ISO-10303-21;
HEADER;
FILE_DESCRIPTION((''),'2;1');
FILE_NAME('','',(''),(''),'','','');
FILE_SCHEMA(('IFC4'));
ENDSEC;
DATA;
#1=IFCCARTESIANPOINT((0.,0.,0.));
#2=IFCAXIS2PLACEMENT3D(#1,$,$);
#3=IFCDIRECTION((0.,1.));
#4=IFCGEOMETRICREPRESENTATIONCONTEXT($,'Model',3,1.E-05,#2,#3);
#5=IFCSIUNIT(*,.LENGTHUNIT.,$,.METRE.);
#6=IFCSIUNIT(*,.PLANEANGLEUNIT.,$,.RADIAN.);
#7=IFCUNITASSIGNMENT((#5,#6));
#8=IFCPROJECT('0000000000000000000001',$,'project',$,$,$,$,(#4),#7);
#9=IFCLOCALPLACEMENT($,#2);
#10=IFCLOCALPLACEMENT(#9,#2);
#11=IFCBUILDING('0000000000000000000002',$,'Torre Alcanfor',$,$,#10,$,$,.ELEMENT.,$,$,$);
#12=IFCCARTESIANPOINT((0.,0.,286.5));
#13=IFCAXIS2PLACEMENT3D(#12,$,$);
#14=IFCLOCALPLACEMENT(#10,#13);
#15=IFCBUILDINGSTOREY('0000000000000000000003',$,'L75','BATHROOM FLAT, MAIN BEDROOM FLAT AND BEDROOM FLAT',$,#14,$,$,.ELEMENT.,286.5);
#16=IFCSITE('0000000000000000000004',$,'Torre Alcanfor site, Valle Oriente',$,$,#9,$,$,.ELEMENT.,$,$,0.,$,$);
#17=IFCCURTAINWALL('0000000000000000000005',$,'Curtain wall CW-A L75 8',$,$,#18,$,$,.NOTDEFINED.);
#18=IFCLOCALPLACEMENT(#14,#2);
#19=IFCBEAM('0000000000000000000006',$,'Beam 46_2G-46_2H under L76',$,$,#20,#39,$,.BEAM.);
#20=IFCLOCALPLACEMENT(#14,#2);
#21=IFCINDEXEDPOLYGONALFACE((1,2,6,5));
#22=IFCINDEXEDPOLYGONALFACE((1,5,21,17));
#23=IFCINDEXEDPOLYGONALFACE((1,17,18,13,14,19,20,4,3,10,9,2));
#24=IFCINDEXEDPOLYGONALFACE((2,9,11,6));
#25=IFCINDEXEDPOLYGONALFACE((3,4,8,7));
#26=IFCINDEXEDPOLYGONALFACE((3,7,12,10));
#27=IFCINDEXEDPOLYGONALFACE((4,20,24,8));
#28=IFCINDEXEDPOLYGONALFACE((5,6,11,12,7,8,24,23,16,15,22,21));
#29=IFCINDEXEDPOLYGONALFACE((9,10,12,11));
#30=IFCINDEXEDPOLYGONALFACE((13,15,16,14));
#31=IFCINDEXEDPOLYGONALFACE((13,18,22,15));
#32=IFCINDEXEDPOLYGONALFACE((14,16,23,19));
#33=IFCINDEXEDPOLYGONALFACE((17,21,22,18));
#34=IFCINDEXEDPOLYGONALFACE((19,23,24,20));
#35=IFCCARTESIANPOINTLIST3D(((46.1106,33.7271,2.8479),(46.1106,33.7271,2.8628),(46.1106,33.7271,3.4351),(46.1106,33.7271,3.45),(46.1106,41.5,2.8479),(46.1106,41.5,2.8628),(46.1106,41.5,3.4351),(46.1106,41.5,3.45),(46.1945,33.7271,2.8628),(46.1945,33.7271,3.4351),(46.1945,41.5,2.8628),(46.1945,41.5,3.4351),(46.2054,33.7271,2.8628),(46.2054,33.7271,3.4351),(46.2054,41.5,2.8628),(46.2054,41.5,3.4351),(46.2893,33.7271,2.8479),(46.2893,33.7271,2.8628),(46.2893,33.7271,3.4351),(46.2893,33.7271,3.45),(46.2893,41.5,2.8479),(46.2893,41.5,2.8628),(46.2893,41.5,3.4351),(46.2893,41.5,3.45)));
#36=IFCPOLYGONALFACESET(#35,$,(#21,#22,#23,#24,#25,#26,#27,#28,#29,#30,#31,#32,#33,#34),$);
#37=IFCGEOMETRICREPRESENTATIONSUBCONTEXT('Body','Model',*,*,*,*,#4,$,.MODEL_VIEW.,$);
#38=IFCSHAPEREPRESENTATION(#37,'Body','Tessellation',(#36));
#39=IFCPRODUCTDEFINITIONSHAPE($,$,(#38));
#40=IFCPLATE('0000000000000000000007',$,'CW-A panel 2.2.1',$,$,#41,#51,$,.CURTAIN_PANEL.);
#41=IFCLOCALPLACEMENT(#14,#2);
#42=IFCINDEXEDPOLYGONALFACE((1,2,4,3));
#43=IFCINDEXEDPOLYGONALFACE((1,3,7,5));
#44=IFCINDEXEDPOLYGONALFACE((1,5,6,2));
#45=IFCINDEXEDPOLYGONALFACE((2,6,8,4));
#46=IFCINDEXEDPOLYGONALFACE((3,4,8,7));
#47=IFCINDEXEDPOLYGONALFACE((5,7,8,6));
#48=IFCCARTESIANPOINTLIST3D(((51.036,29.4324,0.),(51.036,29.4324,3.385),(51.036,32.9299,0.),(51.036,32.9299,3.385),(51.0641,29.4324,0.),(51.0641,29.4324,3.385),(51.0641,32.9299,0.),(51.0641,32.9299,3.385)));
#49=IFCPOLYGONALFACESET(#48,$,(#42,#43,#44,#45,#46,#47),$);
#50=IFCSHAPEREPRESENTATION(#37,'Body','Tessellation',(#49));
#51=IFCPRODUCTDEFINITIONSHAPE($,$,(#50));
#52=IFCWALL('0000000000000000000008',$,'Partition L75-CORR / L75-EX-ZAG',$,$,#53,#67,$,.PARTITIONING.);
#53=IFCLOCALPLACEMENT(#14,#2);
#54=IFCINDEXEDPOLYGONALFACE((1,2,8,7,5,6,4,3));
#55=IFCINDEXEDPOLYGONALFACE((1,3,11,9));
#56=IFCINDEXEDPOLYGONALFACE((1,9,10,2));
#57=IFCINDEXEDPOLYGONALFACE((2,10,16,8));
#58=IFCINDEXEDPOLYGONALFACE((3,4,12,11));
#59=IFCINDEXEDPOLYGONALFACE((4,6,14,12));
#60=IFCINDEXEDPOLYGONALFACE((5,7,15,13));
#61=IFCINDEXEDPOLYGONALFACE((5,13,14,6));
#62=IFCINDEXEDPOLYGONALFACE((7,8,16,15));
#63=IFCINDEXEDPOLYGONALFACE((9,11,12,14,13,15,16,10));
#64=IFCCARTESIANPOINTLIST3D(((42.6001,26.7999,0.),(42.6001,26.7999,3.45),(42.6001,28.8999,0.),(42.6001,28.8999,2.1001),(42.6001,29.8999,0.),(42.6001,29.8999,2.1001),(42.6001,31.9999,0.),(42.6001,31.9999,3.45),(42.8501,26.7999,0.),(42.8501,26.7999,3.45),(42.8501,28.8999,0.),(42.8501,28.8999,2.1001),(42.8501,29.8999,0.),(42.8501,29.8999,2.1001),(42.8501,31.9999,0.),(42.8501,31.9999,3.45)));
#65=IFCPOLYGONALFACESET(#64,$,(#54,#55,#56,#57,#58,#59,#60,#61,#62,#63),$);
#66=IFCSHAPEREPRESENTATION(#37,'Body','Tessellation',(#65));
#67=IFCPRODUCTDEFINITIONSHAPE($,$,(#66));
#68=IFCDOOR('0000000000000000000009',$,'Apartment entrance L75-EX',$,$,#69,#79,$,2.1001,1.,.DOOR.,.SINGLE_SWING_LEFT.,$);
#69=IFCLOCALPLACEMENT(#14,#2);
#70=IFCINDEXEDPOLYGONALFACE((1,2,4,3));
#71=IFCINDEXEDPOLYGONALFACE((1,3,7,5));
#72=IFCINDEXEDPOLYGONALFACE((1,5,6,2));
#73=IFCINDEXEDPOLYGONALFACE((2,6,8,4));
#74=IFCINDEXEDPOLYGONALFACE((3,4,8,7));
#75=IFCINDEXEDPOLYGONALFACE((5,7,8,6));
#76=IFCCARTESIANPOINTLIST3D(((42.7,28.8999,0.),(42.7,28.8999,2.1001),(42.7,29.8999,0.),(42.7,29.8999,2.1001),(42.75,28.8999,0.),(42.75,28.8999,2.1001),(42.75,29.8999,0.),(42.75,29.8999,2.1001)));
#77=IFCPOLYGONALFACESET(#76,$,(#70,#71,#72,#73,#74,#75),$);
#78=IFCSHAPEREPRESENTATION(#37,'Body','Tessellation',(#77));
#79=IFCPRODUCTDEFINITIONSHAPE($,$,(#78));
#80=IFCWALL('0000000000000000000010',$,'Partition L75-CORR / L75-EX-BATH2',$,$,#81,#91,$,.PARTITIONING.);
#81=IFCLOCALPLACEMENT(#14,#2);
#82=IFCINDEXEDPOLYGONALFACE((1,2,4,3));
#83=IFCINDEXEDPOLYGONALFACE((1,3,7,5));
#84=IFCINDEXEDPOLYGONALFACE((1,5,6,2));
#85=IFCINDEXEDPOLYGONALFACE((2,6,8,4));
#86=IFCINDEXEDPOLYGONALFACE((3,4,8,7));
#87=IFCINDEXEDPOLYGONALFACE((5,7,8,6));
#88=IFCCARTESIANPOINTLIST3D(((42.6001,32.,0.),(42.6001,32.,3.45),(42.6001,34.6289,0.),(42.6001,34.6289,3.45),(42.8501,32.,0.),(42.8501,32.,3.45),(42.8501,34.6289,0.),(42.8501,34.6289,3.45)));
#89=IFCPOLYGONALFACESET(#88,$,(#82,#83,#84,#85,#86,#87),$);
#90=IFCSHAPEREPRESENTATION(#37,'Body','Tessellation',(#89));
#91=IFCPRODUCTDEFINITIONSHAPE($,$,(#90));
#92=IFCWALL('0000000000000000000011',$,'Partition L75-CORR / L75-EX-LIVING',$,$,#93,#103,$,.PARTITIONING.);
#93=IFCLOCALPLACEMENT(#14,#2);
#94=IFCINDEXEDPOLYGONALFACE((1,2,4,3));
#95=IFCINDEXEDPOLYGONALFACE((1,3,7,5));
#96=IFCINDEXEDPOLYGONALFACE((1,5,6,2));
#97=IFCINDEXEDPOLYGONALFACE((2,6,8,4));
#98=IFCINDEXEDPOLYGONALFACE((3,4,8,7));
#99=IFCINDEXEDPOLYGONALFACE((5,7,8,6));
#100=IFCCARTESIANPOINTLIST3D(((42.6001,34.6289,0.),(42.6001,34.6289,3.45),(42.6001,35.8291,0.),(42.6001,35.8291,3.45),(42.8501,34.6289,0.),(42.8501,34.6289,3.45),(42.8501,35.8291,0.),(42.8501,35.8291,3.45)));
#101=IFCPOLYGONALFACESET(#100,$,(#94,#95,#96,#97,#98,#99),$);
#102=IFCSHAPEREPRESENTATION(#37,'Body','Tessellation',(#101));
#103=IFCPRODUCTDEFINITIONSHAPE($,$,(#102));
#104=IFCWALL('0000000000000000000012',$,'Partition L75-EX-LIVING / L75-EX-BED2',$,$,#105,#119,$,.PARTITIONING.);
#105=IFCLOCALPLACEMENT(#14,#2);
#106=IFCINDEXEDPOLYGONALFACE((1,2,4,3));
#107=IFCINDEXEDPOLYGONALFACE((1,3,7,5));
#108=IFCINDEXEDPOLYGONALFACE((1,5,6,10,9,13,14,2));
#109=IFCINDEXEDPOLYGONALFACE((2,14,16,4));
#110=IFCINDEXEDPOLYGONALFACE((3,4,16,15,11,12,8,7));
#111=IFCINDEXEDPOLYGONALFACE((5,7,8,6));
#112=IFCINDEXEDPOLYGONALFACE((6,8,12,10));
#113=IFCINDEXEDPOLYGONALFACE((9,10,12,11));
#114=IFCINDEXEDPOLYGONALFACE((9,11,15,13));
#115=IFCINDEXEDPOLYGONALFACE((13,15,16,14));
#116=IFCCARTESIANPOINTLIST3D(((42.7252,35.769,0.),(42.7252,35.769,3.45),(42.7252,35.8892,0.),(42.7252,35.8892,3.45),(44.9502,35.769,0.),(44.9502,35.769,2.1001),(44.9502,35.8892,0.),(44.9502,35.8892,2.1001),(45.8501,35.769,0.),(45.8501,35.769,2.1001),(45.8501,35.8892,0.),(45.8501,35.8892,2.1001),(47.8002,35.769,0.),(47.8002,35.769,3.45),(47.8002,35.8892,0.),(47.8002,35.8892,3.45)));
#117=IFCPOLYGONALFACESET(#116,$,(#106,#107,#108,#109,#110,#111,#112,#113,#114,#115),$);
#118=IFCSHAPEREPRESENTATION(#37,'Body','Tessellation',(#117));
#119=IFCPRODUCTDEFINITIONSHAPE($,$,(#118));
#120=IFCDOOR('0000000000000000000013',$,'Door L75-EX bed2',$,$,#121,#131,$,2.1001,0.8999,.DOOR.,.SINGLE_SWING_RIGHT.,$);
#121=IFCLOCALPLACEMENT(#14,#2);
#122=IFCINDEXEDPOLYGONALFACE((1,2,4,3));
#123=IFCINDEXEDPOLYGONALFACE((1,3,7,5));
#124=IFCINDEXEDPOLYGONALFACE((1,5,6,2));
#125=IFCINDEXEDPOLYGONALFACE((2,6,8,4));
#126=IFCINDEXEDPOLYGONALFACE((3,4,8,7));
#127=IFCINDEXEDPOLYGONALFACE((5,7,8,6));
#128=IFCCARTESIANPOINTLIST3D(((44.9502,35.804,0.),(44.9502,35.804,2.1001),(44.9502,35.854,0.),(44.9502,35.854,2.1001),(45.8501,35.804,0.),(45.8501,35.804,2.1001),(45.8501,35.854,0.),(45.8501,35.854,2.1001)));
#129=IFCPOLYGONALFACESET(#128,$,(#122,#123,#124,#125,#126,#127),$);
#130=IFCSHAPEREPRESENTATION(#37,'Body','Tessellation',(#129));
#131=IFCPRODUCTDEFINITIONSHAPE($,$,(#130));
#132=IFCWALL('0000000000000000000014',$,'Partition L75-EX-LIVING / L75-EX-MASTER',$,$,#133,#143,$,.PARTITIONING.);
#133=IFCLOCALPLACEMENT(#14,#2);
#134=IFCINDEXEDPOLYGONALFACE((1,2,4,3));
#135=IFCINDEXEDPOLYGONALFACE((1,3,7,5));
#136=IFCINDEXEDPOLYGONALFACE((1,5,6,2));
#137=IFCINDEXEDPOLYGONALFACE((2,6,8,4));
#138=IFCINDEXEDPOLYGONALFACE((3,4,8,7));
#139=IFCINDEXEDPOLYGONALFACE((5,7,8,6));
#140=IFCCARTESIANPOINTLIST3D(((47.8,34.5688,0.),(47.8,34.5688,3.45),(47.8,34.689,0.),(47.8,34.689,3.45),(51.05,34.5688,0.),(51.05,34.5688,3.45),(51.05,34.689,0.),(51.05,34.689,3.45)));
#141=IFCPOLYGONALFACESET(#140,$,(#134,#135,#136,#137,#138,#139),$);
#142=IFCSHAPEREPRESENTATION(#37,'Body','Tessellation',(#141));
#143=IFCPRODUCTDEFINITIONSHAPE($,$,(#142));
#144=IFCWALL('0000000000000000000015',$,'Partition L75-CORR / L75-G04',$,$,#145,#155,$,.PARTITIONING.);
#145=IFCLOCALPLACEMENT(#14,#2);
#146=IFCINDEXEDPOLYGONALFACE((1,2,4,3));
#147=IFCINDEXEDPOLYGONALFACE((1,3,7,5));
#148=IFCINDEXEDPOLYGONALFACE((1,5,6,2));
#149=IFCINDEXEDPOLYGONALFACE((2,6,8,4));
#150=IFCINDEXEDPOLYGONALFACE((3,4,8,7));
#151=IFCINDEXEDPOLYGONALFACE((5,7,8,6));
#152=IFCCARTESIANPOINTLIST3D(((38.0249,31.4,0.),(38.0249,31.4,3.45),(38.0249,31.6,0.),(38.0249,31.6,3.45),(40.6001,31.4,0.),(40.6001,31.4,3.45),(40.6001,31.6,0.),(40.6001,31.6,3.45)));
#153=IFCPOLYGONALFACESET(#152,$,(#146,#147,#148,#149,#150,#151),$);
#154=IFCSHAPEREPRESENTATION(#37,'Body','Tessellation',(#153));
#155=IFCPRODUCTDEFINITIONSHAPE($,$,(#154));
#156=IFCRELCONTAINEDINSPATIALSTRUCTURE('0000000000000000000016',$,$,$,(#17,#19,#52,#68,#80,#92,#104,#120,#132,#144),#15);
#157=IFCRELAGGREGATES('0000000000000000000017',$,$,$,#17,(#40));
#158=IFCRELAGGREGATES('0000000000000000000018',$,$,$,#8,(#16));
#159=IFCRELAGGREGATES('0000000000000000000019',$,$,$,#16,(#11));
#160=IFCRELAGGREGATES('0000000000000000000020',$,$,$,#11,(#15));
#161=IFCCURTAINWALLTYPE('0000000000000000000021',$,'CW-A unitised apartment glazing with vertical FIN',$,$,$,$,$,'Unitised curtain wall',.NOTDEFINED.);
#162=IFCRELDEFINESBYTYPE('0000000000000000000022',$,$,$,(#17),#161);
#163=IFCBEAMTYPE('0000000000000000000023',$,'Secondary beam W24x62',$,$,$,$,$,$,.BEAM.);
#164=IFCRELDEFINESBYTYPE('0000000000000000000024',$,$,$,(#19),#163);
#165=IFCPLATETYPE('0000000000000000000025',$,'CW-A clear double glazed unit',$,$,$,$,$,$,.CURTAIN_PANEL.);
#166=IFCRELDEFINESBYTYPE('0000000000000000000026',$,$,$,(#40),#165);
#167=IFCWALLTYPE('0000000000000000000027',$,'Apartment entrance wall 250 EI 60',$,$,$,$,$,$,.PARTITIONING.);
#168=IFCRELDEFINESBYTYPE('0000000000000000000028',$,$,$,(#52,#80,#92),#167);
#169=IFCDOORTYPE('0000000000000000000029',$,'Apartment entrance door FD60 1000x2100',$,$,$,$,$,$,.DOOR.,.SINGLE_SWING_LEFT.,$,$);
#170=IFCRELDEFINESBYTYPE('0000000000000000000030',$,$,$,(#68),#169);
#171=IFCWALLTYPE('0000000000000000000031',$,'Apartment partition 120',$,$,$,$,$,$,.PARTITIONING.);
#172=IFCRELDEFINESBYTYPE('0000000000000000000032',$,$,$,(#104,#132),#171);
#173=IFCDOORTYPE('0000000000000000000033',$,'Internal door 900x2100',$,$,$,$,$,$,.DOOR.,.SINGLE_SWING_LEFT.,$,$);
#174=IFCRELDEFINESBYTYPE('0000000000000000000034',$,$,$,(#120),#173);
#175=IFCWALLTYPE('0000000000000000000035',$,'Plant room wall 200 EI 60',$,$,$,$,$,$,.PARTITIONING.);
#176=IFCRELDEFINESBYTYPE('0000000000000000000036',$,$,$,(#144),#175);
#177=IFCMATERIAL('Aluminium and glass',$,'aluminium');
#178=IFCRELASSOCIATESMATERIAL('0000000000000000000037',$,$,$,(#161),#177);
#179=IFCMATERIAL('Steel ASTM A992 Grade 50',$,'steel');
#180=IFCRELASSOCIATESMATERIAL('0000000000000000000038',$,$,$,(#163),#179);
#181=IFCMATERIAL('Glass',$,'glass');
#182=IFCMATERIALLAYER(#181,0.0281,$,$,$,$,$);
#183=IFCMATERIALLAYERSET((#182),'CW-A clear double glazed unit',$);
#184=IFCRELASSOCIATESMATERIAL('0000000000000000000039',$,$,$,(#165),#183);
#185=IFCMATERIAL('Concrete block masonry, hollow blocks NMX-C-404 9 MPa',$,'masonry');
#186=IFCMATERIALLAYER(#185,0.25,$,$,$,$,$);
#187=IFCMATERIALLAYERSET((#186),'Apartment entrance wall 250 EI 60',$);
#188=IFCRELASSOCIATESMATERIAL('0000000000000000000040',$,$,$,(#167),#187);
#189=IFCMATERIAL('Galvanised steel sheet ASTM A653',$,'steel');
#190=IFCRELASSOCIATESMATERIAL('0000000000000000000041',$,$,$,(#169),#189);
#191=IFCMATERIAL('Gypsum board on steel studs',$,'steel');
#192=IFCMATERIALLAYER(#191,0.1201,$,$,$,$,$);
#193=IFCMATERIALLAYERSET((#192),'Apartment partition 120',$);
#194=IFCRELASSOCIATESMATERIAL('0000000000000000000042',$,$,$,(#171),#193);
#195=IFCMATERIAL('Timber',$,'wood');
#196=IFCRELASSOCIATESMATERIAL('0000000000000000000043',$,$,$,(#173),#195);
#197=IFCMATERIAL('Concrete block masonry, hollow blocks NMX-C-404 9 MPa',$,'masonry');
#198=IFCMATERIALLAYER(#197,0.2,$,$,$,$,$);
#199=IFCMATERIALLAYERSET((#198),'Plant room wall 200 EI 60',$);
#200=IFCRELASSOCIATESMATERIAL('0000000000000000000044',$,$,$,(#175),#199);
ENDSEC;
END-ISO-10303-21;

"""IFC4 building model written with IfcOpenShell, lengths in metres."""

from ifc_helpers import new_model, si_unit, direction, frame, frame_2d, origin, origin_2d, place, context, subcontext, project, spatial, rectangle, i_section, extrude, material, layer, layer_set, material_profile, profile_set, type_object, element, fill, aggregate, save


model = new_model("IFC4")

# Units and contexts
model_context = context("Model", 3, precision=1e-05, world=origin(), true_north=direction((0.0, 1.0)))
body_context = subcontext(model_context, "Body", "Model", "MODEL_VIEW")
ifc_project = project(units=[si_unit("LENGTHUNIT", "METRE"), si_unit("PLANEANGLEUNIT", "RADIAN")], contexts=[model_context])

# Site, building, storey
site_placement = place(None, origin())
site = spatial("IfcSite", under=ifc_project, at=site_placement, Name="Torre Alcanfor site, Valle Oriente", CompositionType="ELEMENT", RefElevation=0.0)
building_placement = place(site_placement, origin())
building = spatial("IfcBuilding", under=site, at=building_placement, Name="Torre Alcanfor", CompositionType="ELEMENT")
storey_placement = place(building_placement, frame((0.0, 0.0, 286.5)))
storey = spatial("IfcBuildingStorey", under=building, at=storey_placement, Name="L75", Description="BATHROOM FLAT, MAIN BEDROOM FLAT AND BEDROOM FLAT", CompositionType="ELEMENT", Elevation=286.5)

# Curtain wall
ifc_material_1 = material(Name="Aluminium and glass", Category="aluminium")
curtain_wall_type = type_object("IfcCurtainWallType", Name="CW-A unitised apartment glazing with vertical FIN", ElementType="Unitised curtain wall", PredefinedType="NOTDEFINED", material=ifc_material_1)
curtain_wall_placement = place(storey_placement, origin())
curtain_wall = element("IfcCurtainWall", 1, at=curtain_wall_placement, inside=storey, type_object=curtain_wall_type, Name="Curtain wall CW-A L75 8", PredefinedType="NOTDEFINED")

# Beam
ifc_material_2 = material(Name="Steel ASTM A992 Grade 50", Category="steel")
ifc_material_profile_1 = material_profile(ifc_material_2, i_section(OverallWidth=0.1787, OverallDepth=0.6021, WebThickness=0.011, FlangeThickness=0.0149, at=origin_2d()), Name="W24x62")
ifc_profile_set_1 = profile_set([ifc_material_profile_1], Name="Steel ASTM A992 Grade 50")
beam_type_1 = type_object("IfcBeamType", Name="Secondary beam W24x62", PredefinedType="BEAM", material=ifc_profile_set_1)
beam_1_placement = place(storey_placement, frame((46.2, 33.7271, 3.1489), z_axis=(0.0, 1.0, 0.0), x_axis=(-1.0, 0.0, 0.0)))
element("IfcBeam", 2, at=beam_1_placement, inside=storey, type_object=beam_type_1, Name="Beam 46_2G-46_2H under L76", PredefinedType="BEAM", context=body_context, shape_type="SweptSolid", body=[
    extrude(i_section(OverallWidth=0.1787, OverallDepth=0.6021, WebThickness=0.011, FlangeThickness=0.0149, at=origin_2d()), origin(), (0.0, 0.0, 1.0), 7.7729),
])

# Plate
ifc_material_3 = material(Name="Glass", Category="glass")
ifc_layer_1 = layer(ifc_material_3, 0.0281)
ifc_layer_set_1 = layer_set([ifc_layer_1], Name="CW-A clear double glazed unit")
plate_type = type_object("IfcPlateType", Name="CW-A clear double glazed unit", PredefinedType="CURTAIN_PANEL", material=ifc_layer_set_1)
plate_placement = place(storey_placement, frame((51.05, 31.1812, 0.0), z_axis=(0.0, 0.0, 1.0), x_axis=(0.0, 1.0, 0.0)))
plate = element("IfcPlate", 3, at=plate_placement, type_object=plate_type, Name="CW-A panel 2.2.1", PredefinedType="CURTAIN_PANEL", context=body_context, shape_type="SweptSolid", body=[
    extrude(rectangle(XDim=3.4976, YDim=0.0281, at=origin_2d()), origin(), (0.0, 0.0, 1.0), 3.385),
])
aggregate(curtain_wall, [plate])

# Wall, opening, door
ifc_material_4 = material(Name="Concrete block masonry, hollow blocks NMX-C-404 9 MPa", Category="masonry")
ifc_layer_2 = layer(ifc_material_4, 0.25)
ifc_layer_set_2 = layer_set([ifc_layer_2], Name="Apartment entrance wall 250 EI 60")
wall_type_1 = type_object("IfcWallType", Name="Apartment entrance wall 250 EI 60", PredefinedType="PARTITIONING", material=ifc_layer_set_2)
wall_1_placement = place(storey_placement, frame((42.7251, 32.0, 0.0), z_axis=(0.0, 0.0, 1.0), x_axis=(0.0, -1.0, 0.0)))
wall_1 = element("IfcWall", 4, at=wall_1_placement, inside=storey, type_object=wall_type_1, Name="Partition L75-CORR / L75-EX-ZAG", PredefinedType="PARTITIONING", context=body_context, shape_type="SweptSolid", body=[
    extrude(rectangle(XDim=5.2, YDim=0.25, at=frame_2d((2.6001, 0.0))), origin(), (0.0, 0.0, 1.0), 3.45),
])
opening_1_placement = place(wall_1_placement, frame((2.1001, 0.0, 0.0)))
opening_1 = element("IfcOpeningElement", 5, at=opening_1_placement, cuts=wall_1, PredefinedType="OPENING", context=body_context, shape_type="SweptSolid", body=[
    extrude(rectangle(XDim=1.0, YDim=2.1001, at=frame_2d((0.5, 1.05))), frame((0.0, 0.135, 0.0), z_axis=(0.0, -1.0, 0.0), x_axis=(1.0, 0.0, 0.0)), (0.0, 0.0, 1.0), 0.27),
])
ifc_material_5 = material(Name="Galvanised steel sheet ASTM A653", Category="steel")
door_type_1 = type_object("IfcDoorType", Name="Apartment entrance door FD60 1000x2100", OperationType="SINGLE_SWING_LEFT", PredefinedType="DOOR", material=ifc_material_5)
door_1_placement = place(opening_1_placement, origin())
door_1 = element("IfcDoor", 6, at=door_1_placement, inside=storey, type_object=door_type_1, Name="Apartment entrance L75-EX", OperationType="SINGLE_SWING_LEFT", OverallHeight=2.1001, OverallWidth=1.0, PredefinedType="DOOR", context=body_context, shape_type="SweptSolid", body=[
    extrude(rectangle(XDim=1.0, YDim=2.1001, at=frame_2d((0.5, 1.05))), frame((0.0, 0.0249, 0.0), z_axis=(0.0, -1.0, 0.0), x_axis=(1.0, 0.0, 0.0)), (0.0, 0.0, 1.0), 0.05),
])
fill(opening_1, door_1)

# Walls
wall_2_placement = place(storey_placement, frame((42.7251, 34.6289, 0.0), z_axis=(0.0, 0.0, 1.0), x_axis=(0.0, -1.0, 0.0)))
element("IfcWall", 7, at=wall_2_placement, inside=storey, type_object=wall_type_1, Name="Partition L75-CORR / L75-EX-BATH2", PredefinedType="PARTITIONING", context=body_context, shape_type="SweptSolid", body=[
    extrude(rectangle(XDim=2.6289, YDim=0.25, at=frame_2d((1.3145, 0.0))), origin(), (0.0, 0.0, 1.0), 3.45),
])
wall_3_placement = place(storey_placement, frame((42.7251, 35.8291, 0.0), z_axis=(0.0, 0.0, 1.0), x_axis=(0.0, -1.0, 0.0)))
element("IfcWall", 8, at=wall_3_placement, inside=storey, type_object=wall_type_1, Name="Partition L75-CORR / L75-EX-LIVING", PredefinedType="PARTITIONING", context=body_context, shape_type="SweptSolid", body=[
    extrude(rectangle(XDim=1.2002, YDim=0.25, at=frame_2d((0.6001, 0.0))), origin(), (0.0, 0.0, 1.0), 3.45),
])

# Wall, opening, door
ifc_material_6 = material(Name="Gypsum board on steel studs", Category="steel")
ifc_layer_3 = layer(ifc_material_6, 0.1201)
ifc_layer_set_3 = layer_set([ifc_layer_3], Name="Apartment partition 120")
wall_type_2 = type_object("IfcWallType", Name="Apartment partition 120", PredefinedType="PARTITIONING", material=ifc_layer_set_3)
wall_4_placement = place(storey_placement, frame((42.7251, 35.8291, 0.0), z_axis=(0.0, 0.0, 1.0), x_axis=(1.0, 0.0, 0.0)))
wall_4 = element("IfcWall", 9, at=wall_4_placement, inside=storey, type_object=wall_type_2, Name="Partition L75-EX-LIVING / L75-EX-BED2", PredefinedType="PARTITIONING", context=body_context, shape_type="SweptSolid", body=[
    extrude(rectangle(XDim=5.075, YDim=0.1201, at=frame_2d((2.5376, 0.0))), origin(), (0.0, 0.0, 1.0), 3.45),
])
opening_2_placement = place(wall_4_placement, frame((2.2251, 0.0, 0.0)))
opening_2 = element("IfcOpeningElement", 10, at=opening_2_placement, cuts=wall_4, PredefinedType="OPENING", context=body_context, shape_type="SweptSolid", body=[
    extrude(rectangle(XDim=0.8999, YDim=2.1001, at=frame_2d((0.45, 1.05))), frame((0.0, 0.0701, 0.0), z_axis=(0.0, -1.0, 0.0), x_axis=(1.0, 0.0, 0.0)), (0.0, 0.0, 1.0), 0.1401),
])
ifc_material_7 = material(Name="Timber", Category="wood")
door_type_2 = type_object("IfcDoorType", Name="Internal door 900x2100", OperationType="SINGLE_SWING_LEFT", PredefinedType="DOOR", material=ifc_material_7)
door_2_placement = place(opening_2_placement, origin())
door_2 = element("IfcDoor", 11, at=door_2_placement, inside=storey, type_object=door_type_2, Name="Door L75-EX bed2", OperationType="SINGLE_SWING_RIGHT", OverallHeight=2.1001, OverallWidth=0.8999, PredefinedType="DOOR", context=body_context, shape_type="SweptSolid", body=[
    extrude(rectangle(XDim=0.8999, YDim=2.1001, at=frame_2d((0.45, 1.05))), frame((0.0, 0.0249, 0.0), z_axis=(0.0, -1.0, 0.0), x_axis=(1.0, 0.0, 0.0)), (0.0, 0.0, 1.0), 0.05),
])
fill(opening_2, door_2)

# Walls
wall_5_placement = place(storey_placement, frame((47.8, 34.6289, 0.0), z_axis=(0.0, 0.0, 1.0), x_axis=(1.0, 0.0, 0.0)))
element("IfcWall", 12, at=wall_5_placement, inside=storey, type_object=wall_type_2, Name="Partition L75-EX-LIVING / L75-EX-MASTER", PredefinedType="PARTITIONING", context=body_context, shape_type="SweptSolid", body=[
    extrude(rectangle(XDim=3.25, YDim=0.1201, at=frame_2d((1.625, 0.0))), origin(), (0.0, 0.0, 1.0), 3.45),
])
ifc_material_8 = material(Name="Concrete block masonry, hollow blocks NMX-C-404 9 MPa", Category="masonry")
ifc_layer_4 = layer(ifc_material_8, 0.2)
ifc_layer_set_4 = layer_set([ifc_layer_4], Name="Plant room wall 200 EI 60")
wall_type_3 = type_object("IfcWallType", Name="Plant room wall 200 EI 60", PredefinedType="PARTITIONING", material=ifc_layer_set_4)
wall_6_placement = place(storey_placement, frame((40.6001, 31.5, 0.0), z_axis=(0.0, 0.0, 1.0), x_axis=(-1.0, 0.0, 0.0)))
element("IfcWall", 13, at=wall_6_placement, inside=storey, type_object=wall_type_3, Name="Partition L75-CORR / L75-G04", PredefinedType="PARTITIONING", context=body_context, shape_type="SweptSolid", body=[
    extrude(rectangle(XDim=2.5752, YDim=0.2, at=frame_2d((1.2876, 0.0))), origin(), (0.0, 0.0, 1.0), 3.45),
])

save(model, "model.ifc")
